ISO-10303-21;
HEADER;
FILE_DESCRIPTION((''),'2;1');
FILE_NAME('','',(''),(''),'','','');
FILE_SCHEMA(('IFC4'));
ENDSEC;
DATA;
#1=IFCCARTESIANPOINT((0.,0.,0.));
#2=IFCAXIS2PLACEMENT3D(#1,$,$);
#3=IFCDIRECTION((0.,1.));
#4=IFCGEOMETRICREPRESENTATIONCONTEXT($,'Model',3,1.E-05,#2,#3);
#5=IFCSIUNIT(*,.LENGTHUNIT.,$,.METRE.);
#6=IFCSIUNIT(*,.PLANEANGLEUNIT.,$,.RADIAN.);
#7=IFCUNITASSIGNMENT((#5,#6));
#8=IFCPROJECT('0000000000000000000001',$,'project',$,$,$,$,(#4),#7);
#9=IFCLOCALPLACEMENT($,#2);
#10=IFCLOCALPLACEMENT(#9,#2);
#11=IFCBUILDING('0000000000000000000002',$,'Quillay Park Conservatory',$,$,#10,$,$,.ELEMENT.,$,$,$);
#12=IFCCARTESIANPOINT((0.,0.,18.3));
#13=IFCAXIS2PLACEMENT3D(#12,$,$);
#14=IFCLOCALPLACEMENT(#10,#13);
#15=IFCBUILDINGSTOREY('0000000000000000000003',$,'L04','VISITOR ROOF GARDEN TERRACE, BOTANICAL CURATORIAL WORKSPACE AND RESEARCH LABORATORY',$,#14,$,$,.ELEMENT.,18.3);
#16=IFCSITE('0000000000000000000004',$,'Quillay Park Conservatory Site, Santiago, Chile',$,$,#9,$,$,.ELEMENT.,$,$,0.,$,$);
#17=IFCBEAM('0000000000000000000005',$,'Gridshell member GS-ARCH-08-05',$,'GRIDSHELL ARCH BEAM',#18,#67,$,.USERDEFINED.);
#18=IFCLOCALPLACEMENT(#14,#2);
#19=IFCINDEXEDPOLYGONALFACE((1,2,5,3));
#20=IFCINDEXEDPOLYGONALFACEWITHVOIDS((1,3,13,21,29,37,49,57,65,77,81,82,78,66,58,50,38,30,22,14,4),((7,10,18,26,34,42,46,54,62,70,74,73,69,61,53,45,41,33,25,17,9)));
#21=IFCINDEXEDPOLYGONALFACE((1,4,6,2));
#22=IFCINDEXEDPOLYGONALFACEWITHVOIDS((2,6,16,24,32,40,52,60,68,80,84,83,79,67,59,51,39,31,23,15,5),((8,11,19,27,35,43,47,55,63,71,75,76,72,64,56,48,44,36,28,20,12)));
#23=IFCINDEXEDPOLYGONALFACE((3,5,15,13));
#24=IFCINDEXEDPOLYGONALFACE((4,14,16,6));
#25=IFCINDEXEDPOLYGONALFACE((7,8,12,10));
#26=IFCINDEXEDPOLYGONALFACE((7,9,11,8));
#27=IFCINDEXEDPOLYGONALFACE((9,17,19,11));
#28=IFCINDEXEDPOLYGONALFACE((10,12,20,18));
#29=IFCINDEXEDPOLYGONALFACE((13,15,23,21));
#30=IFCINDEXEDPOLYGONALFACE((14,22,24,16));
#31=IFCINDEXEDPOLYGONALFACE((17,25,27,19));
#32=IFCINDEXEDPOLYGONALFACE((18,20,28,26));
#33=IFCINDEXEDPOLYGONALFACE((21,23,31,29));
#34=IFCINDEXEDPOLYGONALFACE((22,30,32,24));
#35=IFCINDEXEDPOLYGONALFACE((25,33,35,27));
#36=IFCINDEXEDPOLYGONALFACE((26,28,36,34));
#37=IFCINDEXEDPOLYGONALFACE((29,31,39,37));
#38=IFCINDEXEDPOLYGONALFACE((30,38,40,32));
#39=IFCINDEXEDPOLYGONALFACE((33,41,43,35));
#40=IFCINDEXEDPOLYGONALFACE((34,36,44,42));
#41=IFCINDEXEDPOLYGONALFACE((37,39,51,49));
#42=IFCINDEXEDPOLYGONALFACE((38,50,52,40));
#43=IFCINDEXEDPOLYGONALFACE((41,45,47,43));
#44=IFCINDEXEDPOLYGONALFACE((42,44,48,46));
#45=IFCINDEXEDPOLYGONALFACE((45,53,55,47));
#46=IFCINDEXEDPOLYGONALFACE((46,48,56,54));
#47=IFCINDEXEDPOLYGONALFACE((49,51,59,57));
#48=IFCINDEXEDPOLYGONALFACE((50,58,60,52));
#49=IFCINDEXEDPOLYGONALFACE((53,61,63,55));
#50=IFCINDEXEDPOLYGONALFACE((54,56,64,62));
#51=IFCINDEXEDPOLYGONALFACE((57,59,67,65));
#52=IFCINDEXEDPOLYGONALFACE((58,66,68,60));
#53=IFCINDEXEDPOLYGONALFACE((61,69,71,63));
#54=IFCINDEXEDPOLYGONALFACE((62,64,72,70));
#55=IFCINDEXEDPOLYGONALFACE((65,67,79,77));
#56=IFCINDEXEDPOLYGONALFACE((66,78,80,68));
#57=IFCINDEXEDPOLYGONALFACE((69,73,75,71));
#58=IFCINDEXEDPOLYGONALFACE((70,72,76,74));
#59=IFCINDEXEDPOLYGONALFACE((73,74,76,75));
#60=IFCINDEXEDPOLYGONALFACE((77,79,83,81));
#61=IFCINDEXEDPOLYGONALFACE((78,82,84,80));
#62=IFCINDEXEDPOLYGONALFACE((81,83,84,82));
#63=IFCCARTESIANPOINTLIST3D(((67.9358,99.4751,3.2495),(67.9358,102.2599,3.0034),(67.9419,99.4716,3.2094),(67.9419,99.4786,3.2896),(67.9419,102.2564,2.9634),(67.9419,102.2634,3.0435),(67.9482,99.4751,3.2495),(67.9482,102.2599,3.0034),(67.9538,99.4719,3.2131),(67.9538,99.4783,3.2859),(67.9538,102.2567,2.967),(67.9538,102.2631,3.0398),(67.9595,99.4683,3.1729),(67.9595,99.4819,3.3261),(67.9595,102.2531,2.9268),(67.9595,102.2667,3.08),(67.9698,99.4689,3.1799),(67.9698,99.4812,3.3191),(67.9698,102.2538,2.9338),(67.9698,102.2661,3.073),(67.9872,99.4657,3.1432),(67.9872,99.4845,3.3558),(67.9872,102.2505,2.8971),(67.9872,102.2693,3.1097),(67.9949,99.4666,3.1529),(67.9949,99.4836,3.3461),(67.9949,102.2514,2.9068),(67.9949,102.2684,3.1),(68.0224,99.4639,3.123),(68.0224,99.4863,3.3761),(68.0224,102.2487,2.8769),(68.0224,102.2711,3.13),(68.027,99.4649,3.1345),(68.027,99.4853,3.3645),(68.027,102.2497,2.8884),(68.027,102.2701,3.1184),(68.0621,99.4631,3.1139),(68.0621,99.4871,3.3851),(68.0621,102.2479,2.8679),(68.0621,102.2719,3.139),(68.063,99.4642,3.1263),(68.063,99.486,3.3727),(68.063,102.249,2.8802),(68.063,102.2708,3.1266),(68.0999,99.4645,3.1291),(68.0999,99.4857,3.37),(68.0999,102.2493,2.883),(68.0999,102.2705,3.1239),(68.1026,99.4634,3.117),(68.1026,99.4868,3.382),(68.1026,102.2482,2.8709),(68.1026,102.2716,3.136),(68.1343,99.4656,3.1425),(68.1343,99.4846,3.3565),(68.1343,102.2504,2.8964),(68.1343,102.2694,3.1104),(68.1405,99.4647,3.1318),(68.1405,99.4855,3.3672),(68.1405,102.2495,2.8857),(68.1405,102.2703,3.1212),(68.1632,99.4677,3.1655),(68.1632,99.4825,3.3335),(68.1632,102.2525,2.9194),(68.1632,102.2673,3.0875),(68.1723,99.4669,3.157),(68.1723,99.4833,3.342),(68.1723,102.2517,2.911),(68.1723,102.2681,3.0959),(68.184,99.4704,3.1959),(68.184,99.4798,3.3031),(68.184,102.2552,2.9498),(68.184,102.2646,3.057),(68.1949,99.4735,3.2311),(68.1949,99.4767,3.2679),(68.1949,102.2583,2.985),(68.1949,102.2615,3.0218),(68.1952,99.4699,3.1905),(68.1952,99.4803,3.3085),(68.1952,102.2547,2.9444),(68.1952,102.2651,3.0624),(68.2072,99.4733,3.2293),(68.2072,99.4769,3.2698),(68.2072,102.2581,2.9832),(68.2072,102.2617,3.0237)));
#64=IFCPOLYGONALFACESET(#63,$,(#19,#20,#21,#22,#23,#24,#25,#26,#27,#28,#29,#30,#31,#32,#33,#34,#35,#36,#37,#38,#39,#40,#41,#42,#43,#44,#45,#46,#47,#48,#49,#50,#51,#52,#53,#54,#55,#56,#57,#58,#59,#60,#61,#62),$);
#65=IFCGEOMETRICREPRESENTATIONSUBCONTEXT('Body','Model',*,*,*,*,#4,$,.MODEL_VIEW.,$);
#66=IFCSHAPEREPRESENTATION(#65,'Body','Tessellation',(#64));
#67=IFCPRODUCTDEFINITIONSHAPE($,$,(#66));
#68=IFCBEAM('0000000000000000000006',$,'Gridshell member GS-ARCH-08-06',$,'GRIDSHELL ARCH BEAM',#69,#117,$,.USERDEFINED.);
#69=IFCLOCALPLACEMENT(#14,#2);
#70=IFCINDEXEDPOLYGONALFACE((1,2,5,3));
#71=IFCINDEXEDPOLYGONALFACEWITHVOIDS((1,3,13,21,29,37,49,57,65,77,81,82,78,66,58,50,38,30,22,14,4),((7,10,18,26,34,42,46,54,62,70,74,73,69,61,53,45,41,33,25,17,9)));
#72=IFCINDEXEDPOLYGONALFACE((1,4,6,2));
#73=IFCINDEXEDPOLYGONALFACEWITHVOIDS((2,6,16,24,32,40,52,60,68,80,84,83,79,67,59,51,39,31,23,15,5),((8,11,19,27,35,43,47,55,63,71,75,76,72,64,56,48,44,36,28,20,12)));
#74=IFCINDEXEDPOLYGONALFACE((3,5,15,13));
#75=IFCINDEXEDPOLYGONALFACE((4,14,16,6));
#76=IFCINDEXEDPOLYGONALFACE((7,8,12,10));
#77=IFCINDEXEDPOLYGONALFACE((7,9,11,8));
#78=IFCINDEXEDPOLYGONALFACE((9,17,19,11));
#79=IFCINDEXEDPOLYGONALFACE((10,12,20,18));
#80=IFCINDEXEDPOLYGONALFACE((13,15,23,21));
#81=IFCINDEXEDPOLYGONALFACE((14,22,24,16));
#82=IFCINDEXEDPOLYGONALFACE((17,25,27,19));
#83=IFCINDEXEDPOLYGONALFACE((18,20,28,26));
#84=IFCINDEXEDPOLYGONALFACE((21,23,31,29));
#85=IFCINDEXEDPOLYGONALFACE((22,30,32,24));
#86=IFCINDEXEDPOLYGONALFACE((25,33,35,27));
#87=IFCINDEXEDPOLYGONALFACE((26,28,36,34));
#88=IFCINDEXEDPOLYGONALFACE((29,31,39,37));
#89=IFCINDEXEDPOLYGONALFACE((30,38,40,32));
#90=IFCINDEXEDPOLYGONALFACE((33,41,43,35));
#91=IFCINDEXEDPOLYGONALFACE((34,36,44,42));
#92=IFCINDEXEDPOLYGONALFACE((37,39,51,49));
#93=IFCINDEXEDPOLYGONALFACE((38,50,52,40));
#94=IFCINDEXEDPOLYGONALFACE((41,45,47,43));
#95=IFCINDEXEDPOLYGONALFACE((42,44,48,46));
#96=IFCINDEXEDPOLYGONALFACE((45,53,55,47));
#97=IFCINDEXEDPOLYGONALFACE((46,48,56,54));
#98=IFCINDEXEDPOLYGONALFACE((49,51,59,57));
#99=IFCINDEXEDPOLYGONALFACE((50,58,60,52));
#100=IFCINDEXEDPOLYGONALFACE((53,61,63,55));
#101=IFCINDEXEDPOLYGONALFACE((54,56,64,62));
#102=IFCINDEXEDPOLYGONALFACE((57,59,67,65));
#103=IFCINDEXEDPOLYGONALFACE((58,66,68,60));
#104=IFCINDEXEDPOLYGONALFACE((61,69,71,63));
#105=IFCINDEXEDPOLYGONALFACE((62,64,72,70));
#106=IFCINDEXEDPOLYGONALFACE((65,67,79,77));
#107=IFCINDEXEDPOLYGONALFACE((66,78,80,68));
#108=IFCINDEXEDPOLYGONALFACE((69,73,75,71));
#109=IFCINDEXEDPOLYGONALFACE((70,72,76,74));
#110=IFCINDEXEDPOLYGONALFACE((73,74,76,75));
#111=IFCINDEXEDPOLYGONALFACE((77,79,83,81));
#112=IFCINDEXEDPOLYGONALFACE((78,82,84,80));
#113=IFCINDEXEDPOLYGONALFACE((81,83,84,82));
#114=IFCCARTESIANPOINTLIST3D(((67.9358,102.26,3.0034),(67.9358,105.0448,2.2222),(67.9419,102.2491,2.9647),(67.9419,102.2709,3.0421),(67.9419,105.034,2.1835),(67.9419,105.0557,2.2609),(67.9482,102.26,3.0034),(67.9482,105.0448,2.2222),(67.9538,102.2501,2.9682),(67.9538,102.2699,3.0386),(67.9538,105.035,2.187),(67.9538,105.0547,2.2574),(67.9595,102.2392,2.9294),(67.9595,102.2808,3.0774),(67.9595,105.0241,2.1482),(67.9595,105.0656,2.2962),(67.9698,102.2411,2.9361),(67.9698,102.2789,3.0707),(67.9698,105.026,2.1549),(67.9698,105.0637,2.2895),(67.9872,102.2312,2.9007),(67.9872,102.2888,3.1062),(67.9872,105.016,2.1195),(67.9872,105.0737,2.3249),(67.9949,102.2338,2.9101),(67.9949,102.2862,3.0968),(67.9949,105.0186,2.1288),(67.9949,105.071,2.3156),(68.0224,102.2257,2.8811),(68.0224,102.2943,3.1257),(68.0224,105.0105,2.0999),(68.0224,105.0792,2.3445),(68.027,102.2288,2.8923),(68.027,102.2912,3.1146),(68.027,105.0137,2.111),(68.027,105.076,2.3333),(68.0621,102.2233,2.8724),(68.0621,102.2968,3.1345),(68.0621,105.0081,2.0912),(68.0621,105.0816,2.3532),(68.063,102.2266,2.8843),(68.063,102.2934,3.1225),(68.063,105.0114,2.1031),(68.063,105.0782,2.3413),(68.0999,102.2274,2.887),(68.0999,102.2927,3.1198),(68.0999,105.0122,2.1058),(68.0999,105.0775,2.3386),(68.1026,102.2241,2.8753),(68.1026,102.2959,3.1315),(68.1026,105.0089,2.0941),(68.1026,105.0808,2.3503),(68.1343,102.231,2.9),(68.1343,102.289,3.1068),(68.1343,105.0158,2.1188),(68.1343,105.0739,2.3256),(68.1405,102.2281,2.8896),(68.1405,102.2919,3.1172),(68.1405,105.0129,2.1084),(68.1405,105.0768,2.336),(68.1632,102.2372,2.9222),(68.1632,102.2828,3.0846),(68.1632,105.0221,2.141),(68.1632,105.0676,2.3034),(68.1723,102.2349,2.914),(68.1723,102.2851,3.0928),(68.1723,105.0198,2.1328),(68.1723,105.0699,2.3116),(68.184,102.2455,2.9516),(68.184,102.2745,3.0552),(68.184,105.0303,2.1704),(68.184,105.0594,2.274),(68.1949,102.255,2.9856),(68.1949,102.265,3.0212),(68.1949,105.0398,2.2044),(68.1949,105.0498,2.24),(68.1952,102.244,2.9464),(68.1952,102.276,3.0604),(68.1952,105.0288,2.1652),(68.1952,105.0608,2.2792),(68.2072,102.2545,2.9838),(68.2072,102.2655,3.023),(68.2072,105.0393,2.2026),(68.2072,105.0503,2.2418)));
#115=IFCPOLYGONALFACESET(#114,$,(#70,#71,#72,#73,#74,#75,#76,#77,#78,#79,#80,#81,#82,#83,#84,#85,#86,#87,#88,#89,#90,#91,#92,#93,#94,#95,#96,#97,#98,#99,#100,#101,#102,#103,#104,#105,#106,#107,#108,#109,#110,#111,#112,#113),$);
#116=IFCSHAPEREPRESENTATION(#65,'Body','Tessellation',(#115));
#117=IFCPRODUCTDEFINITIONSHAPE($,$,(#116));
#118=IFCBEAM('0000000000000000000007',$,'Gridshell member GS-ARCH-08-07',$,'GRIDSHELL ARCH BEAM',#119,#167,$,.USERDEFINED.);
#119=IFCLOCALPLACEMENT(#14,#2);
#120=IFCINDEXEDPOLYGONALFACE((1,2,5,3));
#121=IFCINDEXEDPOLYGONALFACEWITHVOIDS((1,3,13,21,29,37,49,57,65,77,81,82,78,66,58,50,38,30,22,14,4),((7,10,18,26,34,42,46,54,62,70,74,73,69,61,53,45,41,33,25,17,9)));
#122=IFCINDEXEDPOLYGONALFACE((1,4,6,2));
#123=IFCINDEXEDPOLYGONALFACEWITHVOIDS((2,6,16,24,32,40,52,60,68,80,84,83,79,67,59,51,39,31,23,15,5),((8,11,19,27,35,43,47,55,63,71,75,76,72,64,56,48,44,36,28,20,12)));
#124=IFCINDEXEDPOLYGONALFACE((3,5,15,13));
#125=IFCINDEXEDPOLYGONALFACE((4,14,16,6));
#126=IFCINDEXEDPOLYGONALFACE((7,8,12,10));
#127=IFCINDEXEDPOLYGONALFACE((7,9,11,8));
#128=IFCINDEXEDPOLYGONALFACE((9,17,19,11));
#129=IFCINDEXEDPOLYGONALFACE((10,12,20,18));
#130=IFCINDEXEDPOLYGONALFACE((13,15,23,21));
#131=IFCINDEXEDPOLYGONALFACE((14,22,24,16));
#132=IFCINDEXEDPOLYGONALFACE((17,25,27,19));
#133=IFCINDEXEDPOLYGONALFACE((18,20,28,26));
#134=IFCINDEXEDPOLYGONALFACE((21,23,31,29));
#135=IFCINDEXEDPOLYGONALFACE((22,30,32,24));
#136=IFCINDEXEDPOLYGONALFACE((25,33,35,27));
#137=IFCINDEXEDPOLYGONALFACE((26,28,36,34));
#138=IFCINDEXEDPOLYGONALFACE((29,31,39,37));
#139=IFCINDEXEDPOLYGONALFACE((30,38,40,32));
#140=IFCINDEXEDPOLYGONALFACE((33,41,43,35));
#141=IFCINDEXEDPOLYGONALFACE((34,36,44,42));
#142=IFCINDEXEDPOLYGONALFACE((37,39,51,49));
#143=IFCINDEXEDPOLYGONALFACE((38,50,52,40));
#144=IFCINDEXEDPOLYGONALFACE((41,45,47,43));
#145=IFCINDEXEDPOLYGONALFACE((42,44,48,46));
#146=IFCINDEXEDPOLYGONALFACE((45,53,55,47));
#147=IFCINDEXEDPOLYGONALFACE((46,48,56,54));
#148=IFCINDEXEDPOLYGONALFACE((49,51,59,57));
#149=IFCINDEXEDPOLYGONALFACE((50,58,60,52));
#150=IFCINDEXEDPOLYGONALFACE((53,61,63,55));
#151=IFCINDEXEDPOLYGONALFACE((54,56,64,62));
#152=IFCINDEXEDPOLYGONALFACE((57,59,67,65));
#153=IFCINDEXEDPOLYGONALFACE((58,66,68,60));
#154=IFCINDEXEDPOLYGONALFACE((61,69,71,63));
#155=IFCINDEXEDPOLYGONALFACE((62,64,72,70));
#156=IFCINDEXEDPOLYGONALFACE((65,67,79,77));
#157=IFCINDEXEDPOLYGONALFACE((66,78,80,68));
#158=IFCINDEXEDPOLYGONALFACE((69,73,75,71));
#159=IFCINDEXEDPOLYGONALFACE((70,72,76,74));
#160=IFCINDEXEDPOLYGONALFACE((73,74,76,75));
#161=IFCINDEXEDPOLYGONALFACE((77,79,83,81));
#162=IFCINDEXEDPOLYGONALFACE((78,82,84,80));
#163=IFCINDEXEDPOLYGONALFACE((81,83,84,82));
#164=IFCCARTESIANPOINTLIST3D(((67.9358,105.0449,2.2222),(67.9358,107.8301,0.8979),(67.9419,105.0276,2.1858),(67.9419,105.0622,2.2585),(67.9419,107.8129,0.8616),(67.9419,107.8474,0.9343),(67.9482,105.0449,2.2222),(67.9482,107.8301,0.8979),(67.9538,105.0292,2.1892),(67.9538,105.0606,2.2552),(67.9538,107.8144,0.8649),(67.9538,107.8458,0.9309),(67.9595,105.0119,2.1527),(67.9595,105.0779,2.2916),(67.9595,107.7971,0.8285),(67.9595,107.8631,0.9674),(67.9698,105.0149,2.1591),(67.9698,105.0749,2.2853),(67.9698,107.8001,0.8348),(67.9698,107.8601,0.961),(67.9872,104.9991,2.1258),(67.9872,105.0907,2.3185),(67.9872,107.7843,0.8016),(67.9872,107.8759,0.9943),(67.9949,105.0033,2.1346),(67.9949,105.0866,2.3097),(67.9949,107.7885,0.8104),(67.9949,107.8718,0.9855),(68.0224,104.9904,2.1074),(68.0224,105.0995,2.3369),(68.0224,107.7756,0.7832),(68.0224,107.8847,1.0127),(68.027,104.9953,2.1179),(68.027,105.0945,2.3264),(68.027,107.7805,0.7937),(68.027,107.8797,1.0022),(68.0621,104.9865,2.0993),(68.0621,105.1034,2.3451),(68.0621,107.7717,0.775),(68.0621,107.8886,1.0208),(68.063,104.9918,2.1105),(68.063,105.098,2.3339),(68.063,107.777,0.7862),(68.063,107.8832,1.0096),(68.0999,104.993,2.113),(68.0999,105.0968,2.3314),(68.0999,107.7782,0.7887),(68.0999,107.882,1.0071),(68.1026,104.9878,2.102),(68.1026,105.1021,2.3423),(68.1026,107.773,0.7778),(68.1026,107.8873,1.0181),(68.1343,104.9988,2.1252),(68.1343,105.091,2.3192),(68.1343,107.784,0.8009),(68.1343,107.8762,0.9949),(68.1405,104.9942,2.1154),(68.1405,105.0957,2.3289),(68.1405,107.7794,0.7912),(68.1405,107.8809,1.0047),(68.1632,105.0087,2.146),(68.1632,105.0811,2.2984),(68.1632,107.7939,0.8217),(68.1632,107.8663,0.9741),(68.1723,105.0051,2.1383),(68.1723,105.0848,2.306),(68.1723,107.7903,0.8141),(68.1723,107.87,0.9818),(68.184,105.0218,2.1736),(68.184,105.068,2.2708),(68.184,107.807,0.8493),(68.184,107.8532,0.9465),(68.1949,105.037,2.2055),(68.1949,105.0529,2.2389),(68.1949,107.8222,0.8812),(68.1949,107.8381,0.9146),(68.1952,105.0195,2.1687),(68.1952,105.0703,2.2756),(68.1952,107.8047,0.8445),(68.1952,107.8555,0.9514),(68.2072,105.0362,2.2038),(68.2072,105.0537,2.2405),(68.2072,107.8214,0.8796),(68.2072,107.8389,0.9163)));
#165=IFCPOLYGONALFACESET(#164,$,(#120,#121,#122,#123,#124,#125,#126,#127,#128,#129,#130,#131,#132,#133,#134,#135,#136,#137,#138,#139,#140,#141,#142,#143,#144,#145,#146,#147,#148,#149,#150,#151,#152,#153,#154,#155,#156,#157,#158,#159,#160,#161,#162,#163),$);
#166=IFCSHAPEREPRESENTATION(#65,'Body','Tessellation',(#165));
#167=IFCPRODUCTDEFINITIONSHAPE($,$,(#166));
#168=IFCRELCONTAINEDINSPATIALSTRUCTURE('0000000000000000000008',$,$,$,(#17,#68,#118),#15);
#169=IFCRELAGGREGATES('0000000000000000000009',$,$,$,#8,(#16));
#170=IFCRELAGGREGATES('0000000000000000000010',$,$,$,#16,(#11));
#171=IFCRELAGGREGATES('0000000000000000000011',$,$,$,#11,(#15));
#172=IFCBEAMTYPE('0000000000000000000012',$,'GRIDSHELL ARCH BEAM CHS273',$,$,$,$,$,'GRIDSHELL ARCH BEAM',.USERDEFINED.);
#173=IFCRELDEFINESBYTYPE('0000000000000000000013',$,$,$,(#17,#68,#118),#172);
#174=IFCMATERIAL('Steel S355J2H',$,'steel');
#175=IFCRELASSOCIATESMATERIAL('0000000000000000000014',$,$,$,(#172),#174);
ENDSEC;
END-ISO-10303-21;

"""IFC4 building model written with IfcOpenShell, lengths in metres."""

from ifc_helpers import new_model, si_unit, direction, frame, origin, origin_2d, place, context, subcontext, project, spatial, hollow_circle, extrude, material, material_profile, profile_set, type_object, element, save


model = new_model("IFC4")

# Units and contexts
model_context = context("Model", 3, precision=1e-05, world=origin(), true_north=direction((0.0, 1.0)))
body_context = subcontext(model_context, "Body", "Model", "MODEL_VIEW")
ifc_project = project(units=[si_unit("LENGTHUNIT", "METRE"), si_unit("PLANEANGLEUNIT", "RADIAN")], contexts=[model_context])

# Site, building, storey
site_placement = place(None, origin())
site = spatial("IfcSite", under=ifc_project, at=site_placement, Name="Quillay Park Conservatory Site, Santiago, Chile", CompositionType="ELEMENT", RefElevation=0.0)
building_placement = place(site_placement, origin())
building = spatial("IfcBuilding", under=site, at=building_placement, Name="Quillay Park Conservatory", CompositionType="ELEMENT")
storey_placement = place(building_placement, frame((0.0, 0.0, 18.3)))
storey = spatial("IfcBuildingStorey", under=building, at=storey_placement, Name="L04", Description="VISITOR ROOF GARDEN TERRACE, BOTANICAL CURATORIAL WORKSPACE AND RESEARCH LABORATORY", CompositionType="ELEMENT", Elevation=18.3)

# Beams
ifc_material_1 = material(Name="Steel S355J2H", Category="steel")
ifc_material_profile_1 = material_profile(ifc_material_1, hollow_circle(Radius=0.1365, WallThickness=0.0125, at=origin_2d()), Name="CHS273x12.5")
ifc_profile_set_1 = profile_set([ifc_material_profile_1], Name="Steel S355J2H")
beam_type = type_object("IfcBeamType", Name="GRIDSHELL ARCH BEAM CHS273", ElementType="GRIDSHELL ARCH BEAM", PredefinedType="USERDEFINED", material=ifc_profile_set_1)
beam_1_placement = place(storey_placement, frame((68.0723, 99.4751, 3.2495), z_axis=(0.0, 0.996118, -0.088024), x_axis=(-1.0, 0.0, 0.0)))
element("IfcBeam", 1, at=beam_1_placement, inside=storey, type_object=beam_type, Name="Gridshell member GS-ARCH-08-05", ObjectType="GRIDSHELL ARCH BEAM", PredefinedType="USERDEFINED", context=body_context, shape_type="SweptSolid", body=[
    extrude(hollow_circle(Radius=0.1365, WallThickness=0.0125, at=origin_2d()), origin(), (0.0, 0.0, 1.0), 2.7957),
])
beam_2_placement = place(storey_placement, frame((68.0723, 102.26, 3.0034), z_axis=(0.0, 0.962832, -0.270103), x_axis=(-1.0, 0.0, 0.0)))
element("IfcBeam", 2, at=beam_2_placement, inside=storey, type_object=beam_type, Name="Gridshell member GS-ARCH-08-06", ObjectType="GRIDSHELL ARCH BEAM", PredefinedType="USERDEFINED", context=body_context, shape_type="SweptSolid", body=[
    extrude(hollow_circle(Radius=0.1365, WallThickness=0.0125, at=origin_2d()), origin(), (0.0, 0.0, 1.0), 2.8923),
])
beam_3_placement = place(storey_placement, frame((68.0723, 105.0449, 2.2222), z_axis=(0.0, 0.903118, -0.429393), x_axis=(-1.0, 0.0, 0.0)))
element("IfcBeam", 3, at=beam_3_placement, inside=storey, type_object=beam_type, Name="Gridshell member GS-ARCH-08-07", ObjectType="GRIDSHELL ARCH BEAM", PredefinedType="USERDEFINED", context=body_context, shape_type="SweptSolid", body=[
    extrude(hollow_circle(Radius=0.1365, WallThickness=0.0125, at=origin_2d()), origin(), (0.0, 0.0, 1.0), 3.084),
])

save(model, "model.ifc")
